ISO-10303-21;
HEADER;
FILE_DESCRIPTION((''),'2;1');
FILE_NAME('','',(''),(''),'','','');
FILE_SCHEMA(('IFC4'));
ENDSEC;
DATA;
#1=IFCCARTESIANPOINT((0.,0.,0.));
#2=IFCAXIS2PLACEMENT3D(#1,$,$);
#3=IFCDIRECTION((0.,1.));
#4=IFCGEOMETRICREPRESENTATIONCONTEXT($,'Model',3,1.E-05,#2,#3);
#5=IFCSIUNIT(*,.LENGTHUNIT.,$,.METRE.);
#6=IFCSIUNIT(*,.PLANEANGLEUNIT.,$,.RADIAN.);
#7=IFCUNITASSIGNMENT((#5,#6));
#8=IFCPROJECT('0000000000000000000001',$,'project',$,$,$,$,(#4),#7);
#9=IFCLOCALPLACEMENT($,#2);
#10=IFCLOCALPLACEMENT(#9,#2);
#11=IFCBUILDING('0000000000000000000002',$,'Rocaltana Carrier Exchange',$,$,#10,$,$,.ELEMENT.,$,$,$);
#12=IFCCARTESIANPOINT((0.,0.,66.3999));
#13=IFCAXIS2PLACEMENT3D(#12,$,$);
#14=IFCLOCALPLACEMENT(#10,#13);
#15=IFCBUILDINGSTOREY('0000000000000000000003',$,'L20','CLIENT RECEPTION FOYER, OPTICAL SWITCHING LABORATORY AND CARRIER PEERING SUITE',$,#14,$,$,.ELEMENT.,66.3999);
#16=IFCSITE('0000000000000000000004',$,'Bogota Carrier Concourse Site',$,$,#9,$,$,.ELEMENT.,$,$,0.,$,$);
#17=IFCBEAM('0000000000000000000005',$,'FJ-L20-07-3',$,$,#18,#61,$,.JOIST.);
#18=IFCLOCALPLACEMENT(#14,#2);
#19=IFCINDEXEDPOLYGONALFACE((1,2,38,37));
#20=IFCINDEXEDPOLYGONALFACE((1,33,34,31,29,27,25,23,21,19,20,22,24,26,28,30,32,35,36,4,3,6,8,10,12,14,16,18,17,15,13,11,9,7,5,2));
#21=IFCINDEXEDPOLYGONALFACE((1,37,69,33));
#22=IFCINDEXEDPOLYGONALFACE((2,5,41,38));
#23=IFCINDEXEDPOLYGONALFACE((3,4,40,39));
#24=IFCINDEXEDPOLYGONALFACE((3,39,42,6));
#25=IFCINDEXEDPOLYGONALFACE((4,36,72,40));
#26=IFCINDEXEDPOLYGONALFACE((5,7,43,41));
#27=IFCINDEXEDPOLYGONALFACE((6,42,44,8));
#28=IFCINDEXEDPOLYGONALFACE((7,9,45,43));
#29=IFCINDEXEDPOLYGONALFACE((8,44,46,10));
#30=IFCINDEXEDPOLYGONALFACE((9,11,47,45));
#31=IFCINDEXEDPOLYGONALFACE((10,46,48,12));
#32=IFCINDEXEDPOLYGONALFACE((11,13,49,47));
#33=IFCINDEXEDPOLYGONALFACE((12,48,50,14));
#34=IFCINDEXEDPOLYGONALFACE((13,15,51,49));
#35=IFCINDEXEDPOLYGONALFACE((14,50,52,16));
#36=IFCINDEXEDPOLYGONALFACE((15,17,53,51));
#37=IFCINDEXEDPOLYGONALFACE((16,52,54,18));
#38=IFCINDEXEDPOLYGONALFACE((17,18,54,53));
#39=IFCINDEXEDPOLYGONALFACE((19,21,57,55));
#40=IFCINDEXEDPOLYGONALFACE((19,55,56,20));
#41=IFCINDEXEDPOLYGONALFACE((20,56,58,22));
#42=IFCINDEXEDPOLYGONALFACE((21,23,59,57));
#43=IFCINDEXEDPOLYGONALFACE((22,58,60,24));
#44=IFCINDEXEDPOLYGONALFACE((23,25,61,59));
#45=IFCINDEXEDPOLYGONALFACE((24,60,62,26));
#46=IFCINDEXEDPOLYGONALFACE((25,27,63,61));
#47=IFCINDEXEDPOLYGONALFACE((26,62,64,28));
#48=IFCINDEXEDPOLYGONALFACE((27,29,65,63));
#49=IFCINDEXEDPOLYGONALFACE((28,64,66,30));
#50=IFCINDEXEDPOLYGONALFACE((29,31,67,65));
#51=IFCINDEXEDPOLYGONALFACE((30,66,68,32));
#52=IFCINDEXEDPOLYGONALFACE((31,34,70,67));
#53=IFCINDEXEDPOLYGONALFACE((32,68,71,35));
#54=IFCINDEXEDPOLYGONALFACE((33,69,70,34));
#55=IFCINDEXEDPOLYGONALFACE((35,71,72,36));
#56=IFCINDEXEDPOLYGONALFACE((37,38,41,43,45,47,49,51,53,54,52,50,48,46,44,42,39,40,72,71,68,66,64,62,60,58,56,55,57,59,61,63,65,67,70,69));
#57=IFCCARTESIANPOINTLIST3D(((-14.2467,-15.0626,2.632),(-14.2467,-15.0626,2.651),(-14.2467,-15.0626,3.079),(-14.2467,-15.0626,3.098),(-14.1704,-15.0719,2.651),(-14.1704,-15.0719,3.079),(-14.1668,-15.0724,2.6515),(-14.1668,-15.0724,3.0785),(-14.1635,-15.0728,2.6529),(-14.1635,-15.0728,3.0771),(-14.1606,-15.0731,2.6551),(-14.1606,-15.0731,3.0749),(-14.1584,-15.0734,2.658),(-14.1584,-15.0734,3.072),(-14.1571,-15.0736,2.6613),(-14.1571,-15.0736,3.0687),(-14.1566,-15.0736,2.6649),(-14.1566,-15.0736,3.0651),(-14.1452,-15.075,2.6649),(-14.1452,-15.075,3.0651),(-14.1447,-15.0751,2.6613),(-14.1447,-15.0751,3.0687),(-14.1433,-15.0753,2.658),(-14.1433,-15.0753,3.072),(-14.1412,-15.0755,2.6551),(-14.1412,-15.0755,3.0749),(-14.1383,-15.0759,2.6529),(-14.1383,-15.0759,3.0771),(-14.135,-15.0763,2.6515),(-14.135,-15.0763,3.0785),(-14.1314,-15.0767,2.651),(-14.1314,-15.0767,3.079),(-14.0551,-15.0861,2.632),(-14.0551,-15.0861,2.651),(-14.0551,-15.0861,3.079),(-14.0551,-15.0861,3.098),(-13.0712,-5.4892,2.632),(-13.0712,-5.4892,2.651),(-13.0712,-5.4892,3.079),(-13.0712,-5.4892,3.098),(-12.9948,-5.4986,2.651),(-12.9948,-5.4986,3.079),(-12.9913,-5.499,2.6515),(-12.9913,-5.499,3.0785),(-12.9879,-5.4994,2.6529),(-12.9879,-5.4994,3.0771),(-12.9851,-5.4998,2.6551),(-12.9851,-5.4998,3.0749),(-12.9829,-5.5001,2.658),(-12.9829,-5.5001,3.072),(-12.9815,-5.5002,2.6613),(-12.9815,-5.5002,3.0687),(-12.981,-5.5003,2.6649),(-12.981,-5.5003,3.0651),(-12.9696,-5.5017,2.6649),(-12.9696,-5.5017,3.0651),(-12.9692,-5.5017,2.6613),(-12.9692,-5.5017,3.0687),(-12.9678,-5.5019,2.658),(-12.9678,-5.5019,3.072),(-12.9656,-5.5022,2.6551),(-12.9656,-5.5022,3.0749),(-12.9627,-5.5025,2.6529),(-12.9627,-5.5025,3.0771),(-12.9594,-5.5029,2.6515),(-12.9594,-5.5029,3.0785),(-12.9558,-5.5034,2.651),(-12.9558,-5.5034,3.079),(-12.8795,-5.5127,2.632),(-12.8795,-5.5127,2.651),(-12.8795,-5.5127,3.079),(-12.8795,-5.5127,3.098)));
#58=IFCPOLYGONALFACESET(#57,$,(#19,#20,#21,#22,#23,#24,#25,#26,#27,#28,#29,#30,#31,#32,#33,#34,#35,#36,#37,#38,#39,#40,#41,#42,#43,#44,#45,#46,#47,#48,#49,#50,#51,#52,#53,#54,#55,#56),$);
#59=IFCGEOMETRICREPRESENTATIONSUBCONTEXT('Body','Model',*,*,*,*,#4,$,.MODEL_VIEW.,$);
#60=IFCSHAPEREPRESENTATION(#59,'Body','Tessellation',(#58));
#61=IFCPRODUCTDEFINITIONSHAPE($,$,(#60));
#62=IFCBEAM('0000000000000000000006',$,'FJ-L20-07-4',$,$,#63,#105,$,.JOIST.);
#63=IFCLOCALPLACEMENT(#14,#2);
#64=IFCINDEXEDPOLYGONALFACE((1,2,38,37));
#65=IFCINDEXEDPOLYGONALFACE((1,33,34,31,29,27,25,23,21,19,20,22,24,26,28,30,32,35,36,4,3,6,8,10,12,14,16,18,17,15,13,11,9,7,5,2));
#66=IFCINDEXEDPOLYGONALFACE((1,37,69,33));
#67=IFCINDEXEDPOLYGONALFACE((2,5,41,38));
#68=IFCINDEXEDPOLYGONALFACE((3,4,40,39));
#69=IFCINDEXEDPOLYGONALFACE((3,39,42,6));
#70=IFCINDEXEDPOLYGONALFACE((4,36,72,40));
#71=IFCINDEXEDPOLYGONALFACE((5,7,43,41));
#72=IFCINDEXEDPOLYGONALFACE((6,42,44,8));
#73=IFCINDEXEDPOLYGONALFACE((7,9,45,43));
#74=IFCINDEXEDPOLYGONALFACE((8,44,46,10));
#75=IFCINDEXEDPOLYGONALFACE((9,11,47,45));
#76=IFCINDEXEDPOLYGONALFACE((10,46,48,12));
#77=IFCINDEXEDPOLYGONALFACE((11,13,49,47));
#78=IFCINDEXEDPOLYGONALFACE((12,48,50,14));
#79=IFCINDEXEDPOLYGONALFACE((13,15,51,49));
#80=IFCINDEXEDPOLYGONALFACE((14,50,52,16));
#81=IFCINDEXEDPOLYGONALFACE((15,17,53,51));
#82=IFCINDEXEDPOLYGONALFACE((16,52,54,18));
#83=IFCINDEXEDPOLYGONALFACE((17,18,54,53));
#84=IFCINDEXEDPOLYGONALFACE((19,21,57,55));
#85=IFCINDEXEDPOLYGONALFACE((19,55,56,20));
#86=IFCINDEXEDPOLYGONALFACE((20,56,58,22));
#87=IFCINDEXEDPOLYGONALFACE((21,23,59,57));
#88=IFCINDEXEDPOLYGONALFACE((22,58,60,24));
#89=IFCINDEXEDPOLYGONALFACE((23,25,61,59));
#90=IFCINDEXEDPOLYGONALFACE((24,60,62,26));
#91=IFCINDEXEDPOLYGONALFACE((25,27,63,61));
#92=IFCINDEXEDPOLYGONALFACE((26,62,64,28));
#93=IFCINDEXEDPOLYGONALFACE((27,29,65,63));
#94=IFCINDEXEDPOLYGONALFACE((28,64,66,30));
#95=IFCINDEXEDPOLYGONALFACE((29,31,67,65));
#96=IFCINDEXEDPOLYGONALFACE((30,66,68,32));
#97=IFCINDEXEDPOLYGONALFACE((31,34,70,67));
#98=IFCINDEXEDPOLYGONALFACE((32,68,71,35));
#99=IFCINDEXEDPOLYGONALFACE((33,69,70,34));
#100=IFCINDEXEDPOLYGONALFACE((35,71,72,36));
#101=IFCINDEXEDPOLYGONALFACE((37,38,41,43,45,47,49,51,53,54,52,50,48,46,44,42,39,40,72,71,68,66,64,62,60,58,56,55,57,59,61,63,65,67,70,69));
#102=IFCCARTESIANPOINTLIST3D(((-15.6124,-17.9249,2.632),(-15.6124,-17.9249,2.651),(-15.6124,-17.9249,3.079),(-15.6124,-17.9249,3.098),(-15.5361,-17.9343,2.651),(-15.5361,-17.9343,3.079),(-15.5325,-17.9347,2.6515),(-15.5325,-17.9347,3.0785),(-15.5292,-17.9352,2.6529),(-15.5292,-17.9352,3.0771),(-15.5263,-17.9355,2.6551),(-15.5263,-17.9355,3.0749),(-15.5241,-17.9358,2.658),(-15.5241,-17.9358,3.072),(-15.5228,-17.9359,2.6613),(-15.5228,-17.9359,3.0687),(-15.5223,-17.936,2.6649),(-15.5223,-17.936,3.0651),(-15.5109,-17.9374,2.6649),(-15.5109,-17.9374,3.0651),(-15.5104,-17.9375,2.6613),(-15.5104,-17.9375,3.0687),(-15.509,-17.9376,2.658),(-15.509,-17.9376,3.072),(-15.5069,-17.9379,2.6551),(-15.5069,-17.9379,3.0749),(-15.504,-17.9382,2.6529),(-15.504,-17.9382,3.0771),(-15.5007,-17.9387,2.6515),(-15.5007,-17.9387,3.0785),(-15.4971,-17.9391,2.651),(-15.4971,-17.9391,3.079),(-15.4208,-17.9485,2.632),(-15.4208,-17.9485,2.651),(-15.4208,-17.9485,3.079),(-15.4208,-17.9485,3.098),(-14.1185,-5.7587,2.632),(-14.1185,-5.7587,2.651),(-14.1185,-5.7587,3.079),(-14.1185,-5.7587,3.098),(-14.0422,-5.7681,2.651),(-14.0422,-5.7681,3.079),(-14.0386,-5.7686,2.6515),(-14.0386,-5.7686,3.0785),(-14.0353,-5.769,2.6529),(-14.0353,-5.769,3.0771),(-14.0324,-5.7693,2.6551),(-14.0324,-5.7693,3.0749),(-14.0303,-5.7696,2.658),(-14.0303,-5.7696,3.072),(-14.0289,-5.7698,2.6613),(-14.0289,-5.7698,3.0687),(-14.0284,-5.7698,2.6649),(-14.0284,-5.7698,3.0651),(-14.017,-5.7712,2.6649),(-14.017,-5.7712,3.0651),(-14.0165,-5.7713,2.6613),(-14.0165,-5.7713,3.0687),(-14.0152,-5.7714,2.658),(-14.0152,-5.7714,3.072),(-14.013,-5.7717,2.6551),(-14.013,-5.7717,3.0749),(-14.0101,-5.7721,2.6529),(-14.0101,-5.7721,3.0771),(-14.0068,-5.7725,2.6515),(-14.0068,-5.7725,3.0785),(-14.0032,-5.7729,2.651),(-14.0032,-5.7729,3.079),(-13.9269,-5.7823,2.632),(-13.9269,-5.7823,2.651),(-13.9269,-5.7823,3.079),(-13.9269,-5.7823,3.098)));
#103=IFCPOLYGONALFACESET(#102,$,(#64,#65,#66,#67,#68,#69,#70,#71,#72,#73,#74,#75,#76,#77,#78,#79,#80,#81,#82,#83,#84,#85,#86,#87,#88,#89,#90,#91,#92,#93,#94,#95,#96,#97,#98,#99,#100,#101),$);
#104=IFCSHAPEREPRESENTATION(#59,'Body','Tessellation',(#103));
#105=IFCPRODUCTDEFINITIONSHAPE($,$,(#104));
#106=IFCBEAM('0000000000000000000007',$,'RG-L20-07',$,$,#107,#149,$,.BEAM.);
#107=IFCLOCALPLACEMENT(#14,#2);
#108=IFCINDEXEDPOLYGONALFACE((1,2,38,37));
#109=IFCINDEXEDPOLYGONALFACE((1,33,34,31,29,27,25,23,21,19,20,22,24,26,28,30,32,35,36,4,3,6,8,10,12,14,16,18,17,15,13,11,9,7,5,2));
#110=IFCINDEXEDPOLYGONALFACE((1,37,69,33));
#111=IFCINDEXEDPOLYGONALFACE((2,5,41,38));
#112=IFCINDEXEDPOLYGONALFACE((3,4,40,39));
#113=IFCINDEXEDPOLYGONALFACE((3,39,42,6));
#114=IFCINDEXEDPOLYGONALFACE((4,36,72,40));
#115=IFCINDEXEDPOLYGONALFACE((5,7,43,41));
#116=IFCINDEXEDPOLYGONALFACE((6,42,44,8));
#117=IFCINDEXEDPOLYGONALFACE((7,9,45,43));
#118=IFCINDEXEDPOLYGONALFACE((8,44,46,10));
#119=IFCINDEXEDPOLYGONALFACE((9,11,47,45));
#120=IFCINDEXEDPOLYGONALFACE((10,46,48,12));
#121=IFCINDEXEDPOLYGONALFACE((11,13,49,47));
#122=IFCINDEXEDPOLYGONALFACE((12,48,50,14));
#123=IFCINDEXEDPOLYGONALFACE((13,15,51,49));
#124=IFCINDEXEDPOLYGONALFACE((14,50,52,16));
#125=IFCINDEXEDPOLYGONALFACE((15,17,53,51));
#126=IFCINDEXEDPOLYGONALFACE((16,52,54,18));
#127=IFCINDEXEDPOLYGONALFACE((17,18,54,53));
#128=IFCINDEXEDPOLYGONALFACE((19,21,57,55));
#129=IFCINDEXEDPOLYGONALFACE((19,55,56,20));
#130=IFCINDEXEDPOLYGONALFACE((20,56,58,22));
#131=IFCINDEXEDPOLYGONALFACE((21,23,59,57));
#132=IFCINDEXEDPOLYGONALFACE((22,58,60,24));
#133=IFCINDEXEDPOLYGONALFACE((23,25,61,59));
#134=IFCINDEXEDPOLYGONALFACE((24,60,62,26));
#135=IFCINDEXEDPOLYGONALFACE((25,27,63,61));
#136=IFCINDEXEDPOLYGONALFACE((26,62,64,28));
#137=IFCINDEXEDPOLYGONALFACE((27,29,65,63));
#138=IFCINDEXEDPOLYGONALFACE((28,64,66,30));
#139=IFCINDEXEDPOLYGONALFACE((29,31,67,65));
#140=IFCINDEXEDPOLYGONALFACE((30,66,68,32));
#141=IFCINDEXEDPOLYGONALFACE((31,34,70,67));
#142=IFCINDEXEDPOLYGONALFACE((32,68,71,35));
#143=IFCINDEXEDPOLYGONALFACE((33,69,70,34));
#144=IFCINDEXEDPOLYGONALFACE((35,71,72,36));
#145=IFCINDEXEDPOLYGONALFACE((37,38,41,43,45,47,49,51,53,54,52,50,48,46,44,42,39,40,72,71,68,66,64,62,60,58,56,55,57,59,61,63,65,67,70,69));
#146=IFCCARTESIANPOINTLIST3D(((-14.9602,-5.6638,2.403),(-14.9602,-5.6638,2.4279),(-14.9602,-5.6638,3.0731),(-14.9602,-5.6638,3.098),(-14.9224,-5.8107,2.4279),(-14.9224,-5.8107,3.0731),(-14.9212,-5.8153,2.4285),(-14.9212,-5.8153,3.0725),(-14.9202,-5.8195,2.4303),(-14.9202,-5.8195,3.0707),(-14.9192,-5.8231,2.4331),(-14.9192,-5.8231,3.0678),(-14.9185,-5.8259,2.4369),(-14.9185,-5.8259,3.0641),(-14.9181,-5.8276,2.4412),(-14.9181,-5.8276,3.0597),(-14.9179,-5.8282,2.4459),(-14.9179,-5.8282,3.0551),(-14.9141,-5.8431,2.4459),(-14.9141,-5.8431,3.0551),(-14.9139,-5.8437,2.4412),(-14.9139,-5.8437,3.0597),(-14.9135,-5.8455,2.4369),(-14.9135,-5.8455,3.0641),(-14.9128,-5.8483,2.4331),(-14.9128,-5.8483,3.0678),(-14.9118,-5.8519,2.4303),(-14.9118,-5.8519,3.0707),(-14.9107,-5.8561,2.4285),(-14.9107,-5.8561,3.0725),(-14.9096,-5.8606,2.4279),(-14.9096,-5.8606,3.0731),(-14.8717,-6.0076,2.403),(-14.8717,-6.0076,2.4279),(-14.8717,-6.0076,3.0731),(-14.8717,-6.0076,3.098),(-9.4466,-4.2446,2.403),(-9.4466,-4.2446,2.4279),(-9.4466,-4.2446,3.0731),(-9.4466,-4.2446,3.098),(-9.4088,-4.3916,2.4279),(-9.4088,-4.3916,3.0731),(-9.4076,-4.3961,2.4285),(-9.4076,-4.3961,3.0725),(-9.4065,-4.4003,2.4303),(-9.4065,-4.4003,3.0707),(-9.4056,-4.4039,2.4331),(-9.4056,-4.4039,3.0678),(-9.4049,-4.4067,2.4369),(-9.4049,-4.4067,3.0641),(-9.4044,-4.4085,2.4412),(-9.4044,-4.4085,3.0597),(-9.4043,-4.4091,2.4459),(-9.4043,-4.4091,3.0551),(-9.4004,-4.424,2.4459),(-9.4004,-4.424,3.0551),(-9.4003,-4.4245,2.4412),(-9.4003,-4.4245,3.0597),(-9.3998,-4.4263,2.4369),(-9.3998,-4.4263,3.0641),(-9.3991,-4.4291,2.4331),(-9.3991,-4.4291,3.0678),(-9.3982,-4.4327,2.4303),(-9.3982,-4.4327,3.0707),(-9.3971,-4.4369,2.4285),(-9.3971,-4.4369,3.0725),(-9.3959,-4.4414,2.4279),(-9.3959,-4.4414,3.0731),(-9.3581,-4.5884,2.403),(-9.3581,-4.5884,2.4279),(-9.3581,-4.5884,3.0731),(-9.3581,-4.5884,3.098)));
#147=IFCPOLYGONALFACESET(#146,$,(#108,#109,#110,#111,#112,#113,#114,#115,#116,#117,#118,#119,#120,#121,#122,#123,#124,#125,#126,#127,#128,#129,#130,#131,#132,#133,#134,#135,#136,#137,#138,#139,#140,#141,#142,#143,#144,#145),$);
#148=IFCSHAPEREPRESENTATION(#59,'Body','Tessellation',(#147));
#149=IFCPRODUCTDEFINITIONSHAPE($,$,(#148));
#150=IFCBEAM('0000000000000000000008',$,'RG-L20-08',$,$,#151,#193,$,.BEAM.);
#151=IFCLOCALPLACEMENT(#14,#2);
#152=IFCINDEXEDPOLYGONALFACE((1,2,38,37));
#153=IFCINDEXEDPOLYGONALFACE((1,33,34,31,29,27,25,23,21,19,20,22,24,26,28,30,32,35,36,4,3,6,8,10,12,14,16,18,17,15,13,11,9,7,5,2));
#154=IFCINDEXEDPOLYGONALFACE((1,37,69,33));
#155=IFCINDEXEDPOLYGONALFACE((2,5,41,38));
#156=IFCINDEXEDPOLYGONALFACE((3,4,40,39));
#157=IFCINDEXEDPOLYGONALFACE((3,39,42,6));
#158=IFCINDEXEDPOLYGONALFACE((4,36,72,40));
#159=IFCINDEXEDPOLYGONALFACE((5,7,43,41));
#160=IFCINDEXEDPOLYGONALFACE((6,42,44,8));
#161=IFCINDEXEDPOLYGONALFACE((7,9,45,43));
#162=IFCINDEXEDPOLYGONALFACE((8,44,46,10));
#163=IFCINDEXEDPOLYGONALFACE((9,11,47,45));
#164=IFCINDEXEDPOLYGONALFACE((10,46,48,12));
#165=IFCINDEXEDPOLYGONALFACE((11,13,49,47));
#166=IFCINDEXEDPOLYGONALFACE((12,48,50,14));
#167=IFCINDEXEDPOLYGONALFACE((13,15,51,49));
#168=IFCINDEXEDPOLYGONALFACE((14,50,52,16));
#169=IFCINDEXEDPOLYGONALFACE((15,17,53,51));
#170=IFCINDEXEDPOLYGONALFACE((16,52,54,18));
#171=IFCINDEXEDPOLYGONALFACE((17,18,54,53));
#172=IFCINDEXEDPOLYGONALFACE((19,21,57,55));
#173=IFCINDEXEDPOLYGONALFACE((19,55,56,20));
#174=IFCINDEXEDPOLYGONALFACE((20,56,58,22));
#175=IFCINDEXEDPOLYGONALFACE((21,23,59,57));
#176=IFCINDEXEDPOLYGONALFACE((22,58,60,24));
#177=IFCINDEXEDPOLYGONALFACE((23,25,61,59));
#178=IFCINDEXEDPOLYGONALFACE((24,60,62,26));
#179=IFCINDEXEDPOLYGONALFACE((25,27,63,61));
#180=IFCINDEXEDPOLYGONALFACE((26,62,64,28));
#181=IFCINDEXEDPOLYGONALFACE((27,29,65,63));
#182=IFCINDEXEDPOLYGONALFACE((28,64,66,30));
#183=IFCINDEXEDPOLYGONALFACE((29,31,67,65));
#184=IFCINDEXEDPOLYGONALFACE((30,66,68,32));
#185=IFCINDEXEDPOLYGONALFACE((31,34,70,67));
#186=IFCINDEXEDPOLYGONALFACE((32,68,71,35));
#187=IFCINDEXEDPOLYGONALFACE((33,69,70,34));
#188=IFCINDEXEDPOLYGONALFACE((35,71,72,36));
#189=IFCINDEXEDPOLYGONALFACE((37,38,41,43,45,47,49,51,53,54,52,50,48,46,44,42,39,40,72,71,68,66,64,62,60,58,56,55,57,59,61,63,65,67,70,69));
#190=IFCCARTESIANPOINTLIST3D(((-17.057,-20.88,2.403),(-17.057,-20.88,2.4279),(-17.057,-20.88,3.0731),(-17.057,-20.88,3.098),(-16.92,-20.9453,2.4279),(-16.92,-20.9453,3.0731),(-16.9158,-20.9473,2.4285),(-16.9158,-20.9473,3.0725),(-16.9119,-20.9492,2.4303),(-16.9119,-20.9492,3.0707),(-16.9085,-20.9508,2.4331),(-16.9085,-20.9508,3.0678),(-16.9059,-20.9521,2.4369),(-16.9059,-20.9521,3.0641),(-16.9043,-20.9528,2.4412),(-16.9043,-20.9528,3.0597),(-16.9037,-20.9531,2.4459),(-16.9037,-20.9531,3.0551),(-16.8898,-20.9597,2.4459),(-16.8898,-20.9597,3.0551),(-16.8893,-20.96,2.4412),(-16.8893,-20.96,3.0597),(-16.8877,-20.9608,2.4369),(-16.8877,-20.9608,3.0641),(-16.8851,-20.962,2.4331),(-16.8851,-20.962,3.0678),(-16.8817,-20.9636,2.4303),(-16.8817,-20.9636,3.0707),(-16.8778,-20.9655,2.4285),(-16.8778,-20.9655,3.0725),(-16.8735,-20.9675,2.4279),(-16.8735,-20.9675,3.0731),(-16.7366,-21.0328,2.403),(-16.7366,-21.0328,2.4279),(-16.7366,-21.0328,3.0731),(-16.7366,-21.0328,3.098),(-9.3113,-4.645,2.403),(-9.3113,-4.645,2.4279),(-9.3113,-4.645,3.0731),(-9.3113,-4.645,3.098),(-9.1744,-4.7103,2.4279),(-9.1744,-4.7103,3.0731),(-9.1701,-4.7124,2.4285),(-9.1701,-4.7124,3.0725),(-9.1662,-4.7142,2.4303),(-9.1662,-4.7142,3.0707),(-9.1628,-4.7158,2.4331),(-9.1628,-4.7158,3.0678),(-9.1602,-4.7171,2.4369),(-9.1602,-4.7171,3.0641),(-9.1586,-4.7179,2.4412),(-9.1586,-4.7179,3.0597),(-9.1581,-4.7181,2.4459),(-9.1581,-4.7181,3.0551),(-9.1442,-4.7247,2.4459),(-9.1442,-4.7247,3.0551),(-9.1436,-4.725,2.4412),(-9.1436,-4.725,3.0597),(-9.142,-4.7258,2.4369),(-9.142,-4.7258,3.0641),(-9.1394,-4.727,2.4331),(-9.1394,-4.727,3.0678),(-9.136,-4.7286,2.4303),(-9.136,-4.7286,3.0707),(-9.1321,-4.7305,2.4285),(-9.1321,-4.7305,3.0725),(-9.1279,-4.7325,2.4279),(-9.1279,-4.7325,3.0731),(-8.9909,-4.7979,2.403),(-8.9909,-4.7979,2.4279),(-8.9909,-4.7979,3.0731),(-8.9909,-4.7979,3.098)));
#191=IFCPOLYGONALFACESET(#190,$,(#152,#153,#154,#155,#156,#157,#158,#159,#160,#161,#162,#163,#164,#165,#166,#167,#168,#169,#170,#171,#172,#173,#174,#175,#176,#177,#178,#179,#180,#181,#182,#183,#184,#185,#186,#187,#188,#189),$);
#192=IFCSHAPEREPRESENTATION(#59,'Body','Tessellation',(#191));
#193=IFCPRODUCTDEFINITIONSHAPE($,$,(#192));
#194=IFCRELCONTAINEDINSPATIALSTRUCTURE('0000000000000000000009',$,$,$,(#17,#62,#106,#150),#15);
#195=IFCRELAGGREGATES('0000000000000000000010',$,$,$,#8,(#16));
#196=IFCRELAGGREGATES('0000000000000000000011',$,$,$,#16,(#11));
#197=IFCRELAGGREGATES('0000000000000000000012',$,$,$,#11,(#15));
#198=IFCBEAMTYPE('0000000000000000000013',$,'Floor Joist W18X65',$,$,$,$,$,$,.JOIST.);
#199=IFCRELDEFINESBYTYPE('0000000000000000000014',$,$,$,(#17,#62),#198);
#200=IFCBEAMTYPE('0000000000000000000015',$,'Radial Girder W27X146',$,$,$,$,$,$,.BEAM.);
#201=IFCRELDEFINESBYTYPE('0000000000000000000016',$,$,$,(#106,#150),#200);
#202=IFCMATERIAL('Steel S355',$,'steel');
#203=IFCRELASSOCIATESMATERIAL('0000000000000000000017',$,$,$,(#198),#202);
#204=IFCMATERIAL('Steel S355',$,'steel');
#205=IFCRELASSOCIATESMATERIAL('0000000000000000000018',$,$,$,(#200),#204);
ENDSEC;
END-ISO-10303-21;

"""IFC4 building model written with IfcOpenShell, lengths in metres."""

from ifc_helpers import new_model, si_unit, direction, frame, origin, origin_2d, place, context, subcontext, project, spatial, i_section, extrude, material, material_profile, profile_set, type_object, element, save


model = new_model("IFC4")

# Units and contexts
model_context = context("Model", 3, precision=1e-05, world=origin(), true_north=direction((0.0, 1.0)))
body_context = subcontext(model_context, "Body", "Model", "MODEL_VIEW")
ifc_project = project(units=[si_unit("LENGTHUNIT", "METRE"), si_unit("PLANEANGLEUNIT", "RADIAN")], contexts=[model_context])

# Site, building, storey
site_placement = place(None, origin())
site = spatial("IfcSite", under=ifc_project, at=site_placement, Name="Bogota Carrier Concourse Site", CompositionType="ELEMENT", RefElevation=0.0)
building_placement = place(site_placement, origin())
building = spatial("IfcBuilding", under=site, at=building_placement, Name="Rocaltana Carrier Exchange", CompositionType="ELEMENT")
storey_placement = place(building_placement, frame((0.0, 0.0, 66.3999)))
storey = spatial("IfcBuildingStorey", under=building, at=storey_placement, Name="L20", Description="CLIENT RECEPTION FOYER, OPTICAL SWITCHING LABORATORY AND CARRIER PEERING SUITE", CompositionType="ELEMENT", Elevation=66.3999)

# Beams
ifc_material_1 = material(Name="Steel S355", Category="steel")
ifc_material_profile_1 = material_profile(ifc_material_1, i_section(OverallWidth=0.1931, OverallDepth=0.4661, WebThickness=0.0115, FlangeThickness=0.019, FilletRadius=0.0139, at=origin_2d()), Name="W18X65")
ifc_profile_set_1 = profile_set([ifc_material_profile_1], Name="Steel S355")
beam_type_1 = type_object("IfcBeamType", Name="Floor Joist W18X65", PredefinedType="JOIST", material=ifc_profile_set_1)
beam_1_placement = place(storey_placement, frame((-12.9753, -5.501, 2.865), z_axis=(-0.121879, -0.992545, 0.0), x_axis=(0.992545, -0.121879, 0.0)))
element("IfcBeam", 1, at=beam_1_placement, inside=storey, type_object=beam_type_1, Name="FJ-L20-07-3", PredefinedType="JOIST", context=body_context, shape_type="SweptSolid", body=[
    extrude(i_section(OverallWidth=0.1931, OverallDepth=0.4661, WebThickness=0.0115, FlangeThickness=0.019, FilletRadius=0.0139, at=origin_2d()), origin(), (0.0, 0.0, 1.0), 9.6453),
])
beam_2_placement = place(storey_placement, frame((-14.0227, -5.7705, 2.865), z_axis=(-0.121875, -0.992545, 0.0), x_axis=(0.992545, -0.121875, 0.0)))
element("IfcBeam", 2, at=beam_2_placement, inside=storey, type_object=beam_type_1, Name="FJ-L20-07-4", PredefinedType="JOIST", context=body_context, shape_type="SweptSolid", body=[
    extrude(i_section(OverallWidth=0.1931, OverallDepth=0.4661, WebThickness=0.0115, FlangeThickness=0.019, FilletRadius=0.0139, at=origin_2d()), origin(), (0.0, 0.0, 1.0), 12.2576),
])
ifc_material_2 = material(Name="Steel S355", Category="steel")
ifc_material_profile_2 = material_profile(ifc_material_2, i_section(OverallWidth=0.355, OverallDepth=0.6951, WebThickness=0.0154, FlangeThickness=0.0249, FilletRadius=0.0181, at=origin_2d()), Name="W27X146")
ifc_profile_set_2 = profile_set([ifc_material_profile_2], Name="Steel S355")
beam_type_2 = type_object("IfcBeamType", Name="Radial Girder W27X146", PredefinedType="BEAM", material=ifc_profile_set_2)
beam_3_placement = place(storey_placement, frame((-9.4023, -4.4165, 2.7505), z_axis=(-0.968434, -0.24927, 0.0), x_axis=(0.24927, -0.968434, 0.0)))
element("IfcBeam", 3, at=beam_3_placement, inside=storey, type_object=beam_type_2, Name="RG-L20-07", PredefinedType="BEAM", context=body_context, shape_type="SweptSolid", body=[
    extrude(i_section(OverallWidth=0.355, OverallDepth=0.6951, WebThickness=0.0154, FlangeThickness=0.0249, FilletRadius=0.0181, at=origin_2d()), origin(), (0.0, 0.0, 1.0), 5.6934),
])
beam_4_placement = place(storey_placement, frame((-9.1511, -4.7214, 2.7505), z_axis=(-0.4306, -0.902543, 0.0), x_axis=(0.902543, -0.4306, 0.0)))
element("IfcBeam", 4, at=beam_4_placement, inside=storey, type_object=beam_type_2, Name="RG-L20-08", PredefinedType="BEAM", context=body_context, shape_type="SweptSolid", body=[
    extrude(i_section(OverallWidth=0.355, OverallDepth=0.6951, WebThickness=0.0154, FlangeThickness=0.0249, FilletRadius=0.0181, at=origin_2d()), origin(), (0.0, 0.0, 1.0), 17.988),
])

save(model, "model.ifc")
